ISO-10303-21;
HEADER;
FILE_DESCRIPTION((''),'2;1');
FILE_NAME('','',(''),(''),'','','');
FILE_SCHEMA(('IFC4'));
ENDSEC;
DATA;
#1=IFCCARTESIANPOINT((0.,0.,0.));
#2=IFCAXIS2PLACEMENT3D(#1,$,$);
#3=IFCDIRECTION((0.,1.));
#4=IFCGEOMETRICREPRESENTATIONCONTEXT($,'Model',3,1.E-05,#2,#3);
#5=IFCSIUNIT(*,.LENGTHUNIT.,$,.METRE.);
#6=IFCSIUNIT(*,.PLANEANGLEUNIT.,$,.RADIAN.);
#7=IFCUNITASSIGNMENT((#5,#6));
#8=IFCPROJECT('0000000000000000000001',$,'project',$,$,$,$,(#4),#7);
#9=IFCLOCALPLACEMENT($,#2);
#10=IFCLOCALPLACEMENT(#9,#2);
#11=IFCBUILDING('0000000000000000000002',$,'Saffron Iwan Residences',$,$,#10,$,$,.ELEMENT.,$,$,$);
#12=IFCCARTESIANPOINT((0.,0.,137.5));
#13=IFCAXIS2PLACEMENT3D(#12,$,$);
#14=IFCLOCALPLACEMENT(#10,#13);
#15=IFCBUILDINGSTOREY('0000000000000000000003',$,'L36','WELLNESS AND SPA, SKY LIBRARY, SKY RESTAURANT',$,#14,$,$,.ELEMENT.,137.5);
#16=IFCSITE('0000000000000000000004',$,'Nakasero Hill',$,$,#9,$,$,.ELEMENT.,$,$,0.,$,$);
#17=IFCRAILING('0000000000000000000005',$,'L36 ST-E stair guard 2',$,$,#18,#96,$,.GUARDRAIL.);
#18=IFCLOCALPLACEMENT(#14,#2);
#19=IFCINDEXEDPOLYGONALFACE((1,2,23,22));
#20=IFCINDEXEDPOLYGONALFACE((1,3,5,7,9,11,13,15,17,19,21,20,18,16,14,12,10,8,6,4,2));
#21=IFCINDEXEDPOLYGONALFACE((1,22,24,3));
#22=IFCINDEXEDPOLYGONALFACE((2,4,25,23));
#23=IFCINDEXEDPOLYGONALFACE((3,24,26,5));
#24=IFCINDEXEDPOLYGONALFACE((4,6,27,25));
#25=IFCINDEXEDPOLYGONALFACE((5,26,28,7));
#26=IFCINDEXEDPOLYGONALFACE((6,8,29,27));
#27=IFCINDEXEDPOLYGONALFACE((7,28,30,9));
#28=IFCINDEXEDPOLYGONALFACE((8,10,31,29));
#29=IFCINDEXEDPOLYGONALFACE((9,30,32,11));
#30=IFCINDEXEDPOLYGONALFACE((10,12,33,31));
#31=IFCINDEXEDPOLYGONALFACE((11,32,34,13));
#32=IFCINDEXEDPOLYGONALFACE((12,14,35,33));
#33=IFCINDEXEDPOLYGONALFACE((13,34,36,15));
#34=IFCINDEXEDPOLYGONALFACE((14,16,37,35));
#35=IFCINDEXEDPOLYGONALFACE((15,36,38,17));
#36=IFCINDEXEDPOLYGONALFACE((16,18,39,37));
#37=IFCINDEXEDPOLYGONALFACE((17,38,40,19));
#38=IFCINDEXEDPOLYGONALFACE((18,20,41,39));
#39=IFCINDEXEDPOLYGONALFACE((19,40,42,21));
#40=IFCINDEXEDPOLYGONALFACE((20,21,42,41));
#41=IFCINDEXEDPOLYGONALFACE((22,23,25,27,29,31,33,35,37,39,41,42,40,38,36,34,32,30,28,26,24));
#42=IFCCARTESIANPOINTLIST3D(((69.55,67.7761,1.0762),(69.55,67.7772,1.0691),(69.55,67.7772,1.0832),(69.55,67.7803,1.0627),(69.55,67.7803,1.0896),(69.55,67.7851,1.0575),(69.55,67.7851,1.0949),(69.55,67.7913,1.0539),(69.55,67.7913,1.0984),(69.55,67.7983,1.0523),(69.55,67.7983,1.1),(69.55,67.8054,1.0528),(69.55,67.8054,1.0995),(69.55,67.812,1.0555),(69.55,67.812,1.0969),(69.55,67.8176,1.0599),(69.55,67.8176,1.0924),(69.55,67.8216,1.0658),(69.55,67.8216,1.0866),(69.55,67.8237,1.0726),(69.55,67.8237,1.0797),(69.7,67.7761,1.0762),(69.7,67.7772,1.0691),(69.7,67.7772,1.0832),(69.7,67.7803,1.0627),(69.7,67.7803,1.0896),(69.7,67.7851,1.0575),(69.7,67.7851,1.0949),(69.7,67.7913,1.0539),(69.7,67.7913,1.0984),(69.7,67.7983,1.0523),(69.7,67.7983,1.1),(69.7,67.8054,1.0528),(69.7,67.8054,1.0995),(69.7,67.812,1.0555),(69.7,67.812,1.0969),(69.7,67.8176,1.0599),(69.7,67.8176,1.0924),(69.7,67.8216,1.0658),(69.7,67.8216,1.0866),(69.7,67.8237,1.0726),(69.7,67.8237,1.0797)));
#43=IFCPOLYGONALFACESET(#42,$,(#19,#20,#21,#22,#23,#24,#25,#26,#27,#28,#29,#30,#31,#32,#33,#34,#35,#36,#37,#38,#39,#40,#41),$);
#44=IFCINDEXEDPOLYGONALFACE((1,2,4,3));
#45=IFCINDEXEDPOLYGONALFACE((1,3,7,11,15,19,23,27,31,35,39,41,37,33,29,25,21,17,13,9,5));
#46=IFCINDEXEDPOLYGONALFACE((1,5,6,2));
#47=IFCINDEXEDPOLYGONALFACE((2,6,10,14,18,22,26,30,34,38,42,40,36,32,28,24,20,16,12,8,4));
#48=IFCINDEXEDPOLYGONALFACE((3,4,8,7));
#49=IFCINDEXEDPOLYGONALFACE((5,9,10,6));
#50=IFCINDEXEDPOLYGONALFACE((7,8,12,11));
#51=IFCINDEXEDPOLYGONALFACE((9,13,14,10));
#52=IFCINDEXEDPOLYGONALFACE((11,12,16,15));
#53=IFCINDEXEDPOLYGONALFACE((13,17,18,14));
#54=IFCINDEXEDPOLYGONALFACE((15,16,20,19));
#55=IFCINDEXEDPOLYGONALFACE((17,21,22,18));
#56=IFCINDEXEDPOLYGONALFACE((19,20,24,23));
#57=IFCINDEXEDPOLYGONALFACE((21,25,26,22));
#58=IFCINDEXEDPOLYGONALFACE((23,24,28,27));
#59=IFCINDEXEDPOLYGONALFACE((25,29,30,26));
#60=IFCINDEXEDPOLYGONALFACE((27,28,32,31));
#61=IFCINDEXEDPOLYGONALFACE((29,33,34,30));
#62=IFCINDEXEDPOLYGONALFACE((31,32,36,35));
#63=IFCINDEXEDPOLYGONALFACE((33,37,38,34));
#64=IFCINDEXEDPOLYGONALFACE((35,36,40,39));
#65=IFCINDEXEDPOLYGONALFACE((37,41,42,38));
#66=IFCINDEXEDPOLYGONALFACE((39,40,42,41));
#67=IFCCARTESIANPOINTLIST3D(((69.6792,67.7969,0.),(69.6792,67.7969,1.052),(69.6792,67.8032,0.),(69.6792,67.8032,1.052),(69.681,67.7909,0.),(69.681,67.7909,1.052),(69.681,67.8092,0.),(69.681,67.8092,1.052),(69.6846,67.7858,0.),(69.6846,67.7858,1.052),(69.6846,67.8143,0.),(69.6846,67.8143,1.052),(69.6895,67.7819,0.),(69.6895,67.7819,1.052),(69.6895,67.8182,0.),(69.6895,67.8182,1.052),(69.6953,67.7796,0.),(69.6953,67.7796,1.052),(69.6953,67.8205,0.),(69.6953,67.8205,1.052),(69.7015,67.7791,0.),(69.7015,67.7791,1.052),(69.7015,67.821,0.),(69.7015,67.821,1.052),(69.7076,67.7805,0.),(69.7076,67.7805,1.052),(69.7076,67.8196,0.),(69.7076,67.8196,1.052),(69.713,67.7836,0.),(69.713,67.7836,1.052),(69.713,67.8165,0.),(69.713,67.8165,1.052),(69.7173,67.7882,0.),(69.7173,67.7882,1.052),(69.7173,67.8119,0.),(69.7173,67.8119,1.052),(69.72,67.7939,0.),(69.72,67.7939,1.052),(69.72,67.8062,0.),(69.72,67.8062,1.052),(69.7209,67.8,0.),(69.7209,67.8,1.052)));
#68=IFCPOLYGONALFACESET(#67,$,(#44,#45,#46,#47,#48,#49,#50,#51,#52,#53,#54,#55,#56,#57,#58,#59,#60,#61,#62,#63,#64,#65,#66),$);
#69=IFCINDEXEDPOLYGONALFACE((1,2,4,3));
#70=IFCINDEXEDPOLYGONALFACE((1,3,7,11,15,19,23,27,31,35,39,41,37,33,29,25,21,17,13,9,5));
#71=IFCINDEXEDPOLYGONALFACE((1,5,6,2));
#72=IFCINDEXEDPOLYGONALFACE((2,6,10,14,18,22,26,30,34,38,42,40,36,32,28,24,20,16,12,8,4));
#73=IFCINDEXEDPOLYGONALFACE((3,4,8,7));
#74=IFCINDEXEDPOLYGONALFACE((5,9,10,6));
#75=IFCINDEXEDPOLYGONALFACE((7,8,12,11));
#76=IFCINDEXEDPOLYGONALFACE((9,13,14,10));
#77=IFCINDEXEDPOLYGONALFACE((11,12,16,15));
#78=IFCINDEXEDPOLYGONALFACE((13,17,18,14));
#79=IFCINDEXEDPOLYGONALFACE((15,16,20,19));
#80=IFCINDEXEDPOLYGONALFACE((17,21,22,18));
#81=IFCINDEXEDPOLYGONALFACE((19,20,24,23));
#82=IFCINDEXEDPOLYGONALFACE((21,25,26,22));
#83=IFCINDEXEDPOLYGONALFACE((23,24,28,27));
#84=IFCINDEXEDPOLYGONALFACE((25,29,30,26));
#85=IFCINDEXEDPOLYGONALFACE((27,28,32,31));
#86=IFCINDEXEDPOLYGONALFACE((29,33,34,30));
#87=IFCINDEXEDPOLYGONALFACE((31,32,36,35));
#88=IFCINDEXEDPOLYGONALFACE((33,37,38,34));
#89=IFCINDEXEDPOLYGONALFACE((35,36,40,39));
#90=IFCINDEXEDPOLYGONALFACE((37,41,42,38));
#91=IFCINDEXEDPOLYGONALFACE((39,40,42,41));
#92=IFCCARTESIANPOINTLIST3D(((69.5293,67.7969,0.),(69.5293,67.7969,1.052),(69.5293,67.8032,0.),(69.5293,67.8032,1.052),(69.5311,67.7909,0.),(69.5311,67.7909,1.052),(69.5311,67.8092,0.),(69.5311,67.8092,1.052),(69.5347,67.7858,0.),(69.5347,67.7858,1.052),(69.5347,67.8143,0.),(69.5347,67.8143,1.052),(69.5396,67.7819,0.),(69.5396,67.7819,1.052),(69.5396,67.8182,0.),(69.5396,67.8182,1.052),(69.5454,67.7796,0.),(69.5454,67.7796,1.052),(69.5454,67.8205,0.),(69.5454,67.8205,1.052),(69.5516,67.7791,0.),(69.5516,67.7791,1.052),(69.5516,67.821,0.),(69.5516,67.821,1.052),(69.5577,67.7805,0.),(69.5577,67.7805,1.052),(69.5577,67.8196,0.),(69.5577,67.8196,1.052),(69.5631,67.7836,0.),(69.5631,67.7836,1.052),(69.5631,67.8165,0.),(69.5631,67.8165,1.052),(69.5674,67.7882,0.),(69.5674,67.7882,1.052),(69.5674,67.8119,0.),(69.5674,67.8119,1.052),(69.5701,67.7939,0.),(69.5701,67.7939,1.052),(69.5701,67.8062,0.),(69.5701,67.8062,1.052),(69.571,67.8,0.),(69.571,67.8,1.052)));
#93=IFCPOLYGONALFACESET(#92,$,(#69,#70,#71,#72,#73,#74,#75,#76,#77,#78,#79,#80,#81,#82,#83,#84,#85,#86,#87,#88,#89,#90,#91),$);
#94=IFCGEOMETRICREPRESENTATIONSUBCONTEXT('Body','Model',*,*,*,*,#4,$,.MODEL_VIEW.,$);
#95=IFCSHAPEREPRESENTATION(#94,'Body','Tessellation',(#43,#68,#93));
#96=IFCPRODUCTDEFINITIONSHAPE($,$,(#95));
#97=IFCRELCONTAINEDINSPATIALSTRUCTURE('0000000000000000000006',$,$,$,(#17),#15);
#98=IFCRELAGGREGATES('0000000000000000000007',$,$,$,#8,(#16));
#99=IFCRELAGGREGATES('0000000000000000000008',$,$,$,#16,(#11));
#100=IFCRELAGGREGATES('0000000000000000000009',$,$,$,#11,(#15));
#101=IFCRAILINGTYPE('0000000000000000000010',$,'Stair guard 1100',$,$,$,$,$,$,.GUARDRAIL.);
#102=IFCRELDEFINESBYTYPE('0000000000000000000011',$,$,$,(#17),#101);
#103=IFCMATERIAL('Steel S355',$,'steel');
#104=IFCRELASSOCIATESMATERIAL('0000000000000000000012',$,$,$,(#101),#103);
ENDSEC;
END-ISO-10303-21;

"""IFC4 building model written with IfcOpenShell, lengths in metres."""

from ifc_helpers import new_model, si_unit, direction, frame, origin, origin_2d, place, context, subcontext, project, spatial, circle, extrude, material, type_object, element, save


model = new_model("IFC4")

# Units and contexts
model_context = context("Model", 3, precision=1e-05, world=origin(), true_north=direction((0.0, 1.0)))
body_context = subcontext(model_context, "Body", "Model", "MODEL_VIEW")
ifc_project = project(units=[si_unit("LENGTHUNIT", "METRE"), si_unit("PLANEANGLEUNIT", "RADIAN")], contexts=[model_context])

# Site, building, storey
site_placement = place(None, origin())
site = spatial("IfcSite", under=ifc_project, at=site_placement, Name="Nakasero Hill", CompositionType="ELEMENT", RefElevation=0.0)
building_placement = place(site_placement, origin())
building = spatial("IfcBuilding", under=site, at=building_placement, Name="Saffron Iwan Residences", CompositionType="ELEMENT")
storey_placement = place(building_placement, frame((0.0, 0.0, 137.5)))
storey = spatial("IfcBuildingStorey", under=building, at=storey_placement, Name="L36", Description="WELLNESS AND SPA, SKY LIBRARY, SKY RESTAURANT", CompositionType="ELEMENT", Elevation=137.5)

# Railing
ifc_material_1 = material(Name="Steel S355", Category="steel")
railing_type_1 = type_object("IfcRailingType", Name="Stair guard 1100", PredefinedType="GUARDRAIL", material=ifc_material_1)
railing_1_placement = place(storey_placement, frame((69.7, 67.8, 0.0)))
element("IfcRailing", 1, at=railing_1_placement, inside=storey, type_object=railing_type_1, Name="L36 ST-E stair guard 2", PredefinedType="GUARDRAIL", context=body_context, shape_type="SweptSolid", body=[
    extrude(circle(Radius=0.0239, at=origin_2d()), frame((0.0, 0.0, 1.0762), z_axis=(-1.0, 0.0, 0.0), x_axis=(0.0, -1.0, 0.0)), (0.0, 0.0, 1.0), 0.1499),
    extrude(circle(Radius=0.021, at=origin_2d()), origin(), (0.0, 0.0, 1.0), 1.052),
    extrude(circle(Radius=0.021, at=origin_2d()), frame((-0.1499, 0.0, 0.0)), (0.0, 0.0, 1.0), 1.052),
])

save(model, "model.ifc")
